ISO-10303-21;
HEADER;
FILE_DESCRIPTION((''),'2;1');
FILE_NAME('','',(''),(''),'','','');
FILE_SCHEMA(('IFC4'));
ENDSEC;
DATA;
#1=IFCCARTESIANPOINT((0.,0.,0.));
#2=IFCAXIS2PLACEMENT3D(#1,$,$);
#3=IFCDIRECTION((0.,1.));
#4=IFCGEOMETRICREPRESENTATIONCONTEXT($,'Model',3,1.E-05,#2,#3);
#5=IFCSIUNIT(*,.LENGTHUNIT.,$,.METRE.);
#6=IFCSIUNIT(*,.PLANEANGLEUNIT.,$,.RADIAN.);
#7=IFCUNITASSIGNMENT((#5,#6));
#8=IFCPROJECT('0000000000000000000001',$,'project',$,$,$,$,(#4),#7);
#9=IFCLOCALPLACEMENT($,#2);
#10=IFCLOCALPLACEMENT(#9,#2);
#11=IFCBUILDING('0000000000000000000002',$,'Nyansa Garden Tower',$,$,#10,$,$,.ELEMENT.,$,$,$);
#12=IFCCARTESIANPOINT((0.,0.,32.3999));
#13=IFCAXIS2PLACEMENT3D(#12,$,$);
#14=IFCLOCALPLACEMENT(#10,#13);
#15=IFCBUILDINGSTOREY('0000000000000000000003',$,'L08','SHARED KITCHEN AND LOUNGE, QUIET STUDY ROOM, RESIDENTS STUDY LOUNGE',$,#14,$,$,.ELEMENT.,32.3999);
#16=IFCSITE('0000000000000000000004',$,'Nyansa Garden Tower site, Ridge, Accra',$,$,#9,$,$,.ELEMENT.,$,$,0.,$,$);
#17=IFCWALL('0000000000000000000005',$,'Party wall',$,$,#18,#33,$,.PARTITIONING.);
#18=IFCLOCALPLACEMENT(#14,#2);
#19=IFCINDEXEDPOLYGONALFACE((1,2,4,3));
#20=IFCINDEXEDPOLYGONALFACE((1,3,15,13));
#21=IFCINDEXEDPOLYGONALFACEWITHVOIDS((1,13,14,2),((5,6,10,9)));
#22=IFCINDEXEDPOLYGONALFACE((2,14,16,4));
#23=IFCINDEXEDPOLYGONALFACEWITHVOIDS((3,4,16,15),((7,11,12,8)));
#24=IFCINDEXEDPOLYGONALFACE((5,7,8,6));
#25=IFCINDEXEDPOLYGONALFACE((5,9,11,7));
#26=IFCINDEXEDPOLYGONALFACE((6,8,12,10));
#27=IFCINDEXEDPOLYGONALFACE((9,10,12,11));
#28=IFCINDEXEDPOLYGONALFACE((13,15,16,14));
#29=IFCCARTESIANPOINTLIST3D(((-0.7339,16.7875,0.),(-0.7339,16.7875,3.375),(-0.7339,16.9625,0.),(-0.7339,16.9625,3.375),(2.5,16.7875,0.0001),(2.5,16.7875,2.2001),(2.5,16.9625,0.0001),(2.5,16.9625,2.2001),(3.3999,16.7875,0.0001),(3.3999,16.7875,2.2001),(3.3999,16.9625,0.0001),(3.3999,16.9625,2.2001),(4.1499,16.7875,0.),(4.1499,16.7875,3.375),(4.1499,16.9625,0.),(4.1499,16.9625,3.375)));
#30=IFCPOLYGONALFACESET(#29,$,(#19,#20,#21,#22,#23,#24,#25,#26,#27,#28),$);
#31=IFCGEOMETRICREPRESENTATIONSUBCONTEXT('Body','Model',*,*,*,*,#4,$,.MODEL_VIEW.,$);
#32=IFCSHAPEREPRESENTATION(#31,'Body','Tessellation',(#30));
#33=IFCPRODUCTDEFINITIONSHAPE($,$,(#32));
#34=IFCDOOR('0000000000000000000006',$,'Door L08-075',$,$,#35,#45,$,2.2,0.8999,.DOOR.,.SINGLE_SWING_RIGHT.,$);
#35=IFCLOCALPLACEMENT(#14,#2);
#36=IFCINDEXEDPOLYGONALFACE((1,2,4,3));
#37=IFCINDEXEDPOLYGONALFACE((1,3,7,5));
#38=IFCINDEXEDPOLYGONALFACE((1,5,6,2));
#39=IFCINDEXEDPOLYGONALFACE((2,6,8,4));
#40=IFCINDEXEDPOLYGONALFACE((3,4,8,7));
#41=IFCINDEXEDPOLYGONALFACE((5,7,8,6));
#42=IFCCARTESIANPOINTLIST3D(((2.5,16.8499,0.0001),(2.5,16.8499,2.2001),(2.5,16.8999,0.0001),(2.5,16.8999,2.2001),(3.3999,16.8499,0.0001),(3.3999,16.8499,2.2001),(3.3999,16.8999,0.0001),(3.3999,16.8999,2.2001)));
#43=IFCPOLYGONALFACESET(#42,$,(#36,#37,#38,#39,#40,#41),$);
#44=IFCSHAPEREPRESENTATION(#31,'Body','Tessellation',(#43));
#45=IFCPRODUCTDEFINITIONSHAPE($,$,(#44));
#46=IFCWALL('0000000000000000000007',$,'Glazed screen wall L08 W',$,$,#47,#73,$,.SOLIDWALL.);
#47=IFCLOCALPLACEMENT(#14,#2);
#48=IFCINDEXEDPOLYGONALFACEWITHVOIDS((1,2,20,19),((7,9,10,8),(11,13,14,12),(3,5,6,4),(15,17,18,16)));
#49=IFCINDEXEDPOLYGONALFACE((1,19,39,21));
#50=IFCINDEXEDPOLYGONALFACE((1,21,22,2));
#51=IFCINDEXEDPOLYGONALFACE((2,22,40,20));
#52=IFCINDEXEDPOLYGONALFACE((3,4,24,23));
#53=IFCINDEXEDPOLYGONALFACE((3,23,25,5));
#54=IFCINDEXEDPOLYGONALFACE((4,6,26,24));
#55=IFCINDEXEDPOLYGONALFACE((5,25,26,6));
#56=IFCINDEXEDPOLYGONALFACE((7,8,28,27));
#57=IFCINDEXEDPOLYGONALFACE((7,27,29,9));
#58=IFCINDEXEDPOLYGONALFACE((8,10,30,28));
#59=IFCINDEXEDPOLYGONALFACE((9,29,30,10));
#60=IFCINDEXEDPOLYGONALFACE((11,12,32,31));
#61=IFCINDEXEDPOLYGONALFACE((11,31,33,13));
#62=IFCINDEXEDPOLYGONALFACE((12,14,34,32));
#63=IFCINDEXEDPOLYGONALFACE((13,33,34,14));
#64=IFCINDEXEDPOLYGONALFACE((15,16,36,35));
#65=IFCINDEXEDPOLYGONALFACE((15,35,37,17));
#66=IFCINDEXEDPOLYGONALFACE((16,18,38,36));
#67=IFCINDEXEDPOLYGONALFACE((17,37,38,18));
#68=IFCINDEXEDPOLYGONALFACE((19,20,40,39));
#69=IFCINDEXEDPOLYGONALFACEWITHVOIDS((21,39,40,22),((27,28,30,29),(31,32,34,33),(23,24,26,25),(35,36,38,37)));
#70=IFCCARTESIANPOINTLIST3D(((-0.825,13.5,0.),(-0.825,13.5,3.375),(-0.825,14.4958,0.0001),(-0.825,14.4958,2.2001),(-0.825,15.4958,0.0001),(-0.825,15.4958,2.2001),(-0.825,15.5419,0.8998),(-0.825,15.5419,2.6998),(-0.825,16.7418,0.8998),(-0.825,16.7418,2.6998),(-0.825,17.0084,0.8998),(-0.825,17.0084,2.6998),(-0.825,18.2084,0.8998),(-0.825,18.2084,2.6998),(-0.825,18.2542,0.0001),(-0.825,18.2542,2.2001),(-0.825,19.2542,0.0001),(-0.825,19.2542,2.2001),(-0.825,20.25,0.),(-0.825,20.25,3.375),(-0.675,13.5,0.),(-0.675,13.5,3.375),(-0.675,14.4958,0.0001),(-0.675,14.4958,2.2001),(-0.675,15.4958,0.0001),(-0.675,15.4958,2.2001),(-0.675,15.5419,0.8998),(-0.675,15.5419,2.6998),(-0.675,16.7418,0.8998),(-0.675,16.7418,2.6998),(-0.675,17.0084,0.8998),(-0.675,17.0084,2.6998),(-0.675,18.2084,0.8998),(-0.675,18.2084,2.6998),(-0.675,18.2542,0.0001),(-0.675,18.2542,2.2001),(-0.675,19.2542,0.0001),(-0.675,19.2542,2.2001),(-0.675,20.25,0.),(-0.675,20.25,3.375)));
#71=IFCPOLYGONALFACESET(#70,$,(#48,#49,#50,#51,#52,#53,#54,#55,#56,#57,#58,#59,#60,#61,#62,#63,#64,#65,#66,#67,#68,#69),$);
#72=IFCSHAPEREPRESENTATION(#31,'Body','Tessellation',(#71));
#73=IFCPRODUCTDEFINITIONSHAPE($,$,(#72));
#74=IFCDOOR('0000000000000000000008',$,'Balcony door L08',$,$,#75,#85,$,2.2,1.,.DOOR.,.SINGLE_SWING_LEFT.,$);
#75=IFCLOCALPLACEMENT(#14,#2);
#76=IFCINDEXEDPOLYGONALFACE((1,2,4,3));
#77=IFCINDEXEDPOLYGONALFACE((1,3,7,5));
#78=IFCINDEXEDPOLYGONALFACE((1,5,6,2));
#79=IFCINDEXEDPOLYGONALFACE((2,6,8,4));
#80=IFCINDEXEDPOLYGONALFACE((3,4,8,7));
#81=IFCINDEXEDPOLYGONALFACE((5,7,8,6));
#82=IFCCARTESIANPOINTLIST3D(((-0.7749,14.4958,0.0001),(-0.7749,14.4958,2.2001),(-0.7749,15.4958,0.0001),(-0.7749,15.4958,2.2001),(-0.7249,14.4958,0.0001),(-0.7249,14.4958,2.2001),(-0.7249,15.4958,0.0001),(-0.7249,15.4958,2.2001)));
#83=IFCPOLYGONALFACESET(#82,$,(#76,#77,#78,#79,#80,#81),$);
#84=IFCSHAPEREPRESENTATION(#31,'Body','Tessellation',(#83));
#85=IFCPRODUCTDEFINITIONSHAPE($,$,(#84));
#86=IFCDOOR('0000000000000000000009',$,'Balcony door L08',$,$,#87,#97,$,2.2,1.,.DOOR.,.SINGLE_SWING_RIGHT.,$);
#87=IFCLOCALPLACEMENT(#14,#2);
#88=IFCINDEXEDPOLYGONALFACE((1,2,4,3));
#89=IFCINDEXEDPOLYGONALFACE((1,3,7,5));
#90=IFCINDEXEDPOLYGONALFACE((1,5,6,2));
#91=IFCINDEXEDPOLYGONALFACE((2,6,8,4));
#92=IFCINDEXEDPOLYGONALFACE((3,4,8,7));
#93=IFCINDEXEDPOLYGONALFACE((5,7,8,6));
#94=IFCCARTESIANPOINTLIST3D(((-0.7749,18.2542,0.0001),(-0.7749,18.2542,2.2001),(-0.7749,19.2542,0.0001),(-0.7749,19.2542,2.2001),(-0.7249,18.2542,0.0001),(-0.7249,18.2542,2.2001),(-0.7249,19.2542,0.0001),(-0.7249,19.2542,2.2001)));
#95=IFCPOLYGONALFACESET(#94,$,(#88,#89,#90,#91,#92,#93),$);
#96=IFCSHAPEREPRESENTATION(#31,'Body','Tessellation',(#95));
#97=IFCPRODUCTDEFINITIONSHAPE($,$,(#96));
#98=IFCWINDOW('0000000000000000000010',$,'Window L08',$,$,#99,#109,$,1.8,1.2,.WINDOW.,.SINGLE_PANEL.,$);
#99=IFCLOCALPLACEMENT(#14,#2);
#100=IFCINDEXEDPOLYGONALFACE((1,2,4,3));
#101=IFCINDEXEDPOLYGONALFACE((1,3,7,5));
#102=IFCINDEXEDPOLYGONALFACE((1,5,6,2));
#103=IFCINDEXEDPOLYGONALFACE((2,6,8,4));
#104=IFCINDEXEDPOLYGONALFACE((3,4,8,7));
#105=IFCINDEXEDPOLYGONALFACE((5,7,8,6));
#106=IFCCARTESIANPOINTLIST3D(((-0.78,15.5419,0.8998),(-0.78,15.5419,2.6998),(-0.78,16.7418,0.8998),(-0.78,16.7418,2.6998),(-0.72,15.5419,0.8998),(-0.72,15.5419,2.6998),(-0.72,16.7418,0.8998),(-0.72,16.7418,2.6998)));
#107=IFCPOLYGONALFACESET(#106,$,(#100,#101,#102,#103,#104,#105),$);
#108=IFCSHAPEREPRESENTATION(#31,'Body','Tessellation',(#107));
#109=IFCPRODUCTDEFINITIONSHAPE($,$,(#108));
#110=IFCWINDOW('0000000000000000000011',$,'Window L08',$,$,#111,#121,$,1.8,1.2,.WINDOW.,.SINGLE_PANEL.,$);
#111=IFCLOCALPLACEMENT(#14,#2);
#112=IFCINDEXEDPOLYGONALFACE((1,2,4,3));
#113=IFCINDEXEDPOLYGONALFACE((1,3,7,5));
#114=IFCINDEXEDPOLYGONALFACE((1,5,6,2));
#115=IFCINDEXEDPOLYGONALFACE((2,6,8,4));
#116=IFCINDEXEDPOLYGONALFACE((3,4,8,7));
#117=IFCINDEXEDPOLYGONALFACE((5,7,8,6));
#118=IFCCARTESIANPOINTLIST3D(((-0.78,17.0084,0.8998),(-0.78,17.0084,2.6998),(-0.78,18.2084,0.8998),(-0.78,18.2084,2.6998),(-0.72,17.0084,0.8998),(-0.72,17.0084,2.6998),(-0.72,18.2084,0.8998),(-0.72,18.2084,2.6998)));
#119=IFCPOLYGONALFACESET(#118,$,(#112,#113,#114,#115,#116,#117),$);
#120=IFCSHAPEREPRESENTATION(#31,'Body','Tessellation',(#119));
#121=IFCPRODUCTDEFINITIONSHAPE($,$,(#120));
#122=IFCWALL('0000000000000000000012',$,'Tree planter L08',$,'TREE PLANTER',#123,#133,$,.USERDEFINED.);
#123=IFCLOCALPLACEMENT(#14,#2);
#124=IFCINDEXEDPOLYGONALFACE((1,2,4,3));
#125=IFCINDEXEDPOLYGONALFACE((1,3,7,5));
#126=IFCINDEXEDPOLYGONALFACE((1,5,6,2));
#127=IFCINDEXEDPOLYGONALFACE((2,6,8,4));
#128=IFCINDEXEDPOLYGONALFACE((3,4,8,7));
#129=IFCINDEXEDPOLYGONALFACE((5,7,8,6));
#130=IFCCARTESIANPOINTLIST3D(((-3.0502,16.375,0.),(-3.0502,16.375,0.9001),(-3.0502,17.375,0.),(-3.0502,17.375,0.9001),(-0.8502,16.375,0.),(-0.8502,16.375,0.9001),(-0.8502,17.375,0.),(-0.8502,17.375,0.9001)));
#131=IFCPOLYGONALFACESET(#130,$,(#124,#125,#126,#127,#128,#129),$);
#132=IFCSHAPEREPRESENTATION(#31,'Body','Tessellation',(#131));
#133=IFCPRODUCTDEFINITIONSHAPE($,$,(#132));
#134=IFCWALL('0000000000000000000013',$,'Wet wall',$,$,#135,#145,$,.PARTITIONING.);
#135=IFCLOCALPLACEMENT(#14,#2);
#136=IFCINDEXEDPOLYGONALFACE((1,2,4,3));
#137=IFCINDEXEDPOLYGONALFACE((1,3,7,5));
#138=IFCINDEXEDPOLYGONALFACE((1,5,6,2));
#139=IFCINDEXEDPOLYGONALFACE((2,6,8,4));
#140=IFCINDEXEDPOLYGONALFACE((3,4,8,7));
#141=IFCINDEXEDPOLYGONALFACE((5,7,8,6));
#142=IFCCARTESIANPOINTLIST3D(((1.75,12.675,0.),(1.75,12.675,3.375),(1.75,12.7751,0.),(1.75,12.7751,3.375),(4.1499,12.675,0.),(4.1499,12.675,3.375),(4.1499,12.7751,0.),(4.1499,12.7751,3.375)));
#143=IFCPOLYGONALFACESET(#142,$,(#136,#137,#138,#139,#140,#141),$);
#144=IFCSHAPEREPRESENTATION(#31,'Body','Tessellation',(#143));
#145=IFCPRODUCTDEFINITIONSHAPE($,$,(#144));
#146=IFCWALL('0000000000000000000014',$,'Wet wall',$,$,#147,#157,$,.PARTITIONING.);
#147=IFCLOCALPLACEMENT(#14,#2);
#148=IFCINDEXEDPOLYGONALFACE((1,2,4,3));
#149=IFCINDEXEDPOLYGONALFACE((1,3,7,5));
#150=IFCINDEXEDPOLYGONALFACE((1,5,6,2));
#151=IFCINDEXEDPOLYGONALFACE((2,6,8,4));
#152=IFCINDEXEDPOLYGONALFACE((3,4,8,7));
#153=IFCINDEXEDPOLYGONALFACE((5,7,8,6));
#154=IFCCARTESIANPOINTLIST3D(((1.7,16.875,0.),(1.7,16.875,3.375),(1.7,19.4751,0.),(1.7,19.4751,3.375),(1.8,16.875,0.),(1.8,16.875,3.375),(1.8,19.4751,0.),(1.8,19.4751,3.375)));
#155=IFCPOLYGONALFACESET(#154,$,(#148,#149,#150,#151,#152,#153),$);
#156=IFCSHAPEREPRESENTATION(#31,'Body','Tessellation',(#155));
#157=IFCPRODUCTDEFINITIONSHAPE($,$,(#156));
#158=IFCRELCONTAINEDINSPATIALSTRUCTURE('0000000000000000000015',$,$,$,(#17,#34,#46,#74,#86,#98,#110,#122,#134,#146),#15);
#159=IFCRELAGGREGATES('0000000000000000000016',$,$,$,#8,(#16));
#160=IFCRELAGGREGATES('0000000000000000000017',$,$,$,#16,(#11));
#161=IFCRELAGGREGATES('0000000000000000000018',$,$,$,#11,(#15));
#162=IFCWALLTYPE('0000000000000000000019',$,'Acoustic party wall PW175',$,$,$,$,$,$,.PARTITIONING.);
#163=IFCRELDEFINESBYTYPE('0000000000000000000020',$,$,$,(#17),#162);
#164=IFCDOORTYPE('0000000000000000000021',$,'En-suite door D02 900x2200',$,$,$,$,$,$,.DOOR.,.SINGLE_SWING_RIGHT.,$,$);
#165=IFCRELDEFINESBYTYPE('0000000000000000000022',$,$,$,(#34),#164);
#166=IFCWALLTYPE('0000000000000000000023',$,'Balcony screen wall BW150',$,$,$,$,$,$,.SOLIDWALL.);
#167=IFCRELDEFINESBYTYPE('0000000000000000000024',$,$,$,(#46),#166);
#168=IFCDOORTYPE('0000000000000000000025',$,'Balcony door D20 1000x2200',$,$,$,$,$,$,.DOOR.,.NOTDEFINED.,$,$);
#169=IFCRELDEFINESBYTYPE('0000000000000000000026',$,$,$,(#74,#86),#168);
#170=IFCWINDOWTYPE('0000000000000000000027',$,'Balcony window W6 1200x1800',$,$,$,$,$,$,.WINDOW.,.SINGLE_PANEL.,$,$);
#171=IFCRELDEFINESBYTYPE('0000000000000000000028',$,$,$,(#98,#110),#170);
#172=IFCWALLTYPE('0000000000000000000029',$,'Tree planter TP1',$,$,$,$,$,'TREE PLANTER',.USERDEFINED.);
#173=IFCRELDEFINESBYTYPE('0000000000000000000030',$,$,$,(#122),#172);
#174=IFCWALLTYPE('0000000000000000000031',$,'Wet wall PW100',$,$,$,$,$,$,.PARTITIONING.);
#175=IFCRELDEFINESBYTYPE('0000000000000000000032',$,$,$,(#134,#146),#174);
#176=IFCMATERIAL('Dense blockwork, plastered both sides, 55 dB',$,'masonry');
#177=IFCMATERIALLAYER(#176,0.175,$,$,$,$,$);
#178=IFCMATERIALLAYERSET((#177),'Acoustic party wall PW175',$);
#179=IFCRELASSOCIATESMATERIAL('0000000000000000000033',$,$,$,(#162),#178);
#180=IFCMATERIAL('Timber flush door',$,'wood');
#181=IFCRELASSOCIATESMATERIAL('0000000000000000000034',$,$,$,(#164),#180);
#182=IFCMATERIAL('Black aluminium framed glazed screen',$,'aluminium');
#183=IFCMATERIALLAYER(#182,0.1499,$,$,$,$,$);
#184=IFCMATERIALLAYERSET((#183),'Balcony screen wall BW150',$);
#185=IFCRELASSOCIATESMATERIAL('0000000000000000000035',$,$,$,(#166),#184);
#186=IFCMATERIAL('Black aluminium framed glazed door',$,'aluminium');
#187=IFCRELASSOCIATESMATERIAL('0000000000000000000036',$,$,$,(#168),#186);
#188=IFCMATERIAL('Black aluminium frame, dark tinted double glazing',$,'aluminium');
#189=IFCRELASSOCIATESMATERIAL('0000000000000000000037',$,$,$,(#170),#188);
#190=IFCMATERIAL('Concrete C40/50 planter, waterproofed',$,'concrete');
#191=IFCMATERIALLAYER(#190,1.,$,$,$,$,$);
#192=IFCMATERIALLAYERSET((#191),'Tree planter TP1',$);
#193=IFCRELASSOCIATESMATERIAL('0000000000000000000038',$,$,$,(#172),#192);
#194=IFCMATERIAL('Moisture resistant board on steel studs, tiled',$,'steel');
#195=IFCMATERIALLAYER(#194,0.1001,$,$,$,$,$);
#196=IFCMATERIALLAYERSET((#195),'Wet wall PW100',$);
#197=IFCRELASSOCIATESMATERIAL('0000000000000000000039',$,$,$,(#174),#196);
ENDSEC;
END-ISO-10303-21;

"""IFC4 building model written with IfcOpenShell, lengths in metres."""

from ifc_helpers import new_model, si_unit, direction, frame, frame_2d, origin, place, context, subcontext, project, spatial, rectangle, extrude, material, layer, layer_set, type_object, element, fill, save


model = new_model("IFC4")

# Units and contexts
model_context = context("Model", 3, precision=1e-05, world=origin(), true_north=direction((0.0, 1.0)))
body_context = subcontext(model_context, "Body", "Model", "MODEL_VIEW")
ifc_project = project(units=[si_unit("LENGTHUNIT", "METRE"), si_unit("PLANEANGLEUNIT", "RADIAN")], contexts=[model_context])

# Site, building, storey
site_placement = place(None, origin())
site = spatial("IfcSite", under=ifc_project, at=site_placement, Name="Nyansa Garden Tower site, Ridge, Accra", CompositionType="ELEMENT", RefElevation=0.0)
building_placement = place(site_placement, origin())
building = spatial("IfcBuilding", under=site, at=building_placement, Name="Nyansa Garden Tower", CompositionType="ELEMENT")
storey_placement = place(building_placement, frame((0.0, 0.0, 32.3999)))
storey = spatial("IfcBuildingStorey", under=building, at=storey_placement, Name="L08", Description="SHARED KITCHEN AND LOUNGE, QUIET STUDY ROOM, RESIDENTS STUDY LOUNGE", CompositionType="ELEMENT", Elevation=32.3999)

# Wall, opening, door
ifc_material_1 = material(Name="Dense blockwork, plastered both sides, 55 dB", Category="masonry")
ifc_layer_1 = layer(ifc_material_1, 0.175)
ifc_layer_set_1 = layer_set([ifc_layer_1], Name="Acoustic party wall PW175")
wall_type_1 = type_object("IfcWallType", Name="Acoustic party wall PW175", PredefinedType="PARTITIONING", material=ifc_layer_set_1)
wall_1_placement = place(storey_placement, frame((-0.7339, 16.875, 0.0), z_axis=(0.0, 0.0, 1.0), x_axis=(1.0, 0.0, 0.0)))
wall_1 = element("IfcWall", 1, at=wall_1_placement, inside=storey, type_object=wall_type_1, Name="Party wall", PredefinedType="PARTITIONING", context=body_context, shape_type="SweptSolid", body=[
    extrude(rectangle(XDim=4.8838, YDim=0.175, at=frame_2d((2.4419, 0.0))), origin(), (0.0, 0.0, 1.0), 3.375),
])
opening_1_placement = place(wall_1_placement, frame((3.2339, 0.0, 0.0)))
opening_1 = element("IfcOpeningElement", 2, at=opening_1_placement, cuts=wall_1, PredefinedType="OPENING", context=body_context, shape_type="SweptSolid", body=[
    extrude(rectangle(XDim=0.8999, YDim=2.2, at=frame_2d((0.45, 1.1001))), frame((0.0, 0.0974, 0.0), z_axis=(0.0, -1.0, 0.0), x_axis=(1.0, 0.0, 0.0)), (0.0, 0.0, 1.0), 0.1951),
])
ifc_material_2 = material(Name="Timber flush door", Category="wood")
door_type_1 = type_object("IfcDoorType", Name="En-suite door D02 900x2200", OperationType="SINGLE_SWING_RIGHT", PredefinedType="DOOR", material=ifc_material_2)
door_1_placement = place(opening_1_placement, origin())
door_1 = element("IfcDoor", 3, at=door_1_placement, inside=storey, type_object=door_type_1, Name="Door L08-075", OperationType="SINGLE_SWING_RIGHT", OverallHeight=2.2, OverallWidth=0.8999, PredefinedType="DOOR", context=body_context, shape_type="SweptSolid", body=[
    extrude(rectangle(XDim=0.8999, YDim=2.2, at=frame_2d((0.45, 1.1001))), frame((0.0, 0.0249, 0.0), z_axis=(0.0, -1.0, 0.0), x_axis=(1.0, 0.0, 0.0)), (0.0, 0.0, 1.0), 0.05),
])
fill(opening_1, door_1)

# Wall, openings, doors, windows
ifc_material_3 = material(Name="Black aluminium framed glazed screen", Category="aluminium")
ifc_layer_2 = layer(ifc_material_3, 0.1499)
ifc_layer_set_2 = layer_set([ifc_layer_2], Name="Balcony screen wall BW150")
wall_type_2 = type_object("IfcWallType", Name="Balcony screen wall BW150", PredefinedType="SOLIDWALL", material=ifc_layer_set_2)
wall_2_placement = place(storey_placement, frame((-0.75, 13.5, 0.0), z_axis=(0.0, 0.0, 1.0), x_axis=(0.0, 1.0, 0.0)))
wall_2 = element("IfcWall", 4, at=wall_2_placement, inside=storey, type_object=wall_type_2, Name="Glazed screen wall L08 W", PredefinedType="SOLIDWALL", context=body_context, shape_type="SweptSolid", body=[
    extrude(rectangle(XDim=6.75, YDim=0.1499, at=frame_2d((3.375, 0.0))), origin(), (0.0, 0.0, 1.0), 3.375),
])
opening_2_placement = place(wall_2_placement, frame((0.9958, 0.0, 0.0)))
opening_2 = element("IfcOpeningElement", 5, at=opening_2_placement, cuts=wall_2, PredefinedType="OPENING", context=body_context, shape_type="SweptSolid", body=[
    extrude(rectangle(XDim=1.0, YDim=2.2, at=frame_2d((0.5, 1.1001))), frame((0.0, 0.085, 0.0), z_axis=(0.0, -1.0, 0.0), x_axis=(1.0, 0.0, 0.0)), (0.0, 0.0, 1.0), 0.1699),
])
opening_3_placement = place(wall_2_placement, frame((2.0417, 0.0, 0.8999)))
opening_3 = element("IfcOpeningElement", 6, at=opening_3_placement, cuts=wall_2, PredefinedType="OPENING", context=body_context, shape_type="SweptSolid", body=[
    extrude(rectangle(XDim=1.2, YDim=1.8, at=frame_2d((0.6001, 0.8999))), frame((0.0, 0.085, 0.0), z_axis=(0.0, -1.0, 0.0), x_axis=(1.0, 0.0, 0.0)), (0.0, 0.0, 1.0), 0.1699),
])
opening_4_placement = place(wall_2_placement, frame((4.7542, 0.0, 0.0)))
opening_4 = element("IfcOpeningElement", 7, at=opening_4_placement, cuts=wall_2, PredefinedType="OPENING", context=body_context, shape_type="SweptSolid", body=[
    extrude(rectangle(XDim=1.0, YDim=2.2, at=frame_2d((0.5, 1.1001))), frame((0.0, 0.085, 0.0), z_axis=(0.0, -1.0, 0.0), x_axis=(1.0, 0.0, 0.0)), (0.0, 0.0, 1.0), 0.1699),
])
opening_5_placement = place(wall_2_placement, frame((3.5083, 0.0, 0.8999)))
opening_5 = element("IfcOpeningElement", 8, at=opening_5_placement, cuts=wall_2, PredefinedType="OPENING", context=body_context, shape_type="SweptSolid", body=[
    extrude(rectangle(XDim=1.2, YDim=1.8, at=frame_2d((0.6001, 0.8999))), frame((0.0, 0.085, 0.0), z_axis=(0.0, -1.0, 0.0), x_axis=(1.0, 0.0, 0.0)), (0.0, 0.0, 1.0), 0.1699),
])
ifc_material_4 = material(Name="Black aluminium framed glazed door", Category="aluminium")
door_type_2 = type_object("IfcDoorType", Name="Balcony door D20 1000x2200", OperationType="NOTDEFINED", PredefinedType="DOOR", material=ifc_material_4)
door_2_placement = place(opening_2_placement, origin())
door_2 = element("IfcDoor", 9, at=door_2_placement, inside=storey, type_object=door_type_2, Name="Balcony door L08", OperationType="SINGLE_SWING_LEFT", OverallHeight=2.2, OverallWidth=1.0, PredefinedType="DOOR", context=body_context, shape_type="SweptSolid", body=[
    extrude(rectangle(XDim=1.0, YDim=2.2, at=frame_2d((0.5, 1.1001))), frame((0.0, 0.0249, 0.0), z_axis=(0.0, -1.0, 0.0), x_axis=(1.0, 0.0, 0.0)), (0.0, 0.0, 1.0), 0.05),
])
fill(opening_2, door_2)
door_3_placement = place(opening_4_placement, origin())
door_3 = element("IfcDoor", 10, at=door_3_placement, inside=storey, type_object=door_type_2, Name="Balcony door L08", OperationType="SINGLE_SWING_RIGHT", OverallHeight=2.2, OverallWidth=1.0, PredefinedType="DOOR", context=body_context, shape_type="SweptSolid", body=[
    extrude(rectangle(XDim=1.0, YDim=2.2, at=frame_2d((0.5, 1.1001))), frame((0.0, 0.0249, 0.0), z_axis=(0.0, -1.0, 0.0), x_axis=(1.0, 0.0, 0.0)), (0.0, 0.0, 1.0), 0.05),
])
fill(opening_4, door_3)
ifc_material_5 = material(Name="Black aluminium frame, dark tinted double glazing", Category="aluminium")
window_type = type_object("IfcWindowType", Name="Balcony window W6 1200x1800", PartitioningType="SINGLE_PANEL", PredefinedType="WINDOW", material=ifc_material_5)
window_1_placement = place(opening_3_placement, origin())
window_1 = element("IfcWindow", 11, at=window_1_placement, inside=storey, type_object=window_type, Name="Window L08", OverallHeight=1.8, OverallWidth=1.2, PartitioningType="SINGLE_PANEL", PredefinedType="WINDOW", context=body_context, shape_type="SweptSolid", body=[
    extrude(rectangle(XDim=1.2, YDim=1.8, at=frame_2d((0.6001, 0.8999))), frame((0.0, 0.03, 0.0), z_axis=(0.0, -1.0, 0.0), x_axis=(1.0, 0.0, 0.0)), (0.0, 0.0, 1.0), 0.0601),
])
fill(opening_3, window_1)
window_2_placement = place(opening_5_placement, origin())
window_2 = element("IfcWindow", 12, at=window_2_placement, inside=storey, type_object=window_type, Name="Window L08", OverallHeight=1.8, OverallWidth=1.2, PartitioningType="SINGLE_PANEL", PredefinedType="WINDOW", context=body_context, shape_type="SweptSolid", body=[
    extrude(rectangle(XDim=1.2, YDim=1.8, at=frame_2d((0.6001, 0.8999))), frame((0.0, 0.03, 0.0), z_axis=(0.0, -1.0, 0.0), x_axis=(1.0, 0.0, 0.0)), (0.0, 0.0, 1.0), 0.0601),
])
fill(opening_5, window_2)

# Walls
ifc_material_6 = material(Name="Concrete C40/50 planter, waterproofed", Category="concrete")
ifc_layer_3 = layer(ifc_material_6, 1.0)
ifc_layer_set_3 = layer_set([ifc_layer_3], Name="Tree planter TP1")
wall_type_3 = type_object("IfcWallType", Name="Tree planter TP1", ElementType="TREE PLANTER", PredefinedType="USERDEFINED", material=ifc_layer_set_3)
wall_3_placement = place(storey_placement, frame((-0.8501, 16.875, 0.0), z_axis=(0.0, 0.0, 1.0), x_axis=(-1.0, 0.0, 0.0)))
element("IfcWall", 13, at=wall_3_placement, inside=storey, type_object=wall_type_3, Name="Tree planter L08", ObjectType="TREE PLANTER", PredefinedType="USERDEFINED", context=body_context, shape_type="SweptSolid", body=[
    extrude(rectangle(XDim=2.2, YDim=1.0, at=frame_2d((1.1001, 0.0))), origin(), (0.0, 0.0, 1.0), 0.9001),
])
ifc_material_7 = material(Name="Moisture resistant board on steel studs, tiled", Category="steel")
ifc_layer_4 = layer(ifc_material_7, 0.1001)
ifc_layer_set_4 = layer_set([ifc_layer_4], Name="Wet wall PW100")
wall_type_4 = type_object("IfcWallType", Name="Wet wall PW100", PredefinedType="PARTITIONING", material=ifc_layer_set_4)
wall_4_placement = place(storey_placement, frame((1.75, 12.7251, 0.0), z_axis=(0.0, 0.0, 1.0), x_axis=(1.0, 0.0, 0.0)))
element("IfcWall", 14, at=wall_4_placement, inside=storey, type_object=wall_type_4, Name="Wet wall", PredefinedType="PARTITIONING", context=body_context, shape_type="SweptSolid", body=[
    extrude(rectangle(XDim=2.3999, YDim=0.1001, at=frame_2d((1.2, 0.0))), origin(), (0.0, 0.0, 1.0), 3.375),
])
wall_5_placement = place(storey_placement, frame((1.75, 16.875, 0.0), z_axis=(0.0, 0.0, 1.0), x_axis=(0.0, 1.0, 0.0)))
element("IfcWall", 15, at=wall_5_placement, inside=storey, type_object=wall_type_4, Name="Wet wall", PredefinedType="PARTITIONING", context=body_context, shape_type="SweptSolid", body=[
    extrude(rectangle(XDim=2.6001, YDim=0.1001, at=frame_2d((1.3, 0.0))), origin(), (0.0, 0.0, 1.0), 3.375),
])

save(model, "model.ifc")
